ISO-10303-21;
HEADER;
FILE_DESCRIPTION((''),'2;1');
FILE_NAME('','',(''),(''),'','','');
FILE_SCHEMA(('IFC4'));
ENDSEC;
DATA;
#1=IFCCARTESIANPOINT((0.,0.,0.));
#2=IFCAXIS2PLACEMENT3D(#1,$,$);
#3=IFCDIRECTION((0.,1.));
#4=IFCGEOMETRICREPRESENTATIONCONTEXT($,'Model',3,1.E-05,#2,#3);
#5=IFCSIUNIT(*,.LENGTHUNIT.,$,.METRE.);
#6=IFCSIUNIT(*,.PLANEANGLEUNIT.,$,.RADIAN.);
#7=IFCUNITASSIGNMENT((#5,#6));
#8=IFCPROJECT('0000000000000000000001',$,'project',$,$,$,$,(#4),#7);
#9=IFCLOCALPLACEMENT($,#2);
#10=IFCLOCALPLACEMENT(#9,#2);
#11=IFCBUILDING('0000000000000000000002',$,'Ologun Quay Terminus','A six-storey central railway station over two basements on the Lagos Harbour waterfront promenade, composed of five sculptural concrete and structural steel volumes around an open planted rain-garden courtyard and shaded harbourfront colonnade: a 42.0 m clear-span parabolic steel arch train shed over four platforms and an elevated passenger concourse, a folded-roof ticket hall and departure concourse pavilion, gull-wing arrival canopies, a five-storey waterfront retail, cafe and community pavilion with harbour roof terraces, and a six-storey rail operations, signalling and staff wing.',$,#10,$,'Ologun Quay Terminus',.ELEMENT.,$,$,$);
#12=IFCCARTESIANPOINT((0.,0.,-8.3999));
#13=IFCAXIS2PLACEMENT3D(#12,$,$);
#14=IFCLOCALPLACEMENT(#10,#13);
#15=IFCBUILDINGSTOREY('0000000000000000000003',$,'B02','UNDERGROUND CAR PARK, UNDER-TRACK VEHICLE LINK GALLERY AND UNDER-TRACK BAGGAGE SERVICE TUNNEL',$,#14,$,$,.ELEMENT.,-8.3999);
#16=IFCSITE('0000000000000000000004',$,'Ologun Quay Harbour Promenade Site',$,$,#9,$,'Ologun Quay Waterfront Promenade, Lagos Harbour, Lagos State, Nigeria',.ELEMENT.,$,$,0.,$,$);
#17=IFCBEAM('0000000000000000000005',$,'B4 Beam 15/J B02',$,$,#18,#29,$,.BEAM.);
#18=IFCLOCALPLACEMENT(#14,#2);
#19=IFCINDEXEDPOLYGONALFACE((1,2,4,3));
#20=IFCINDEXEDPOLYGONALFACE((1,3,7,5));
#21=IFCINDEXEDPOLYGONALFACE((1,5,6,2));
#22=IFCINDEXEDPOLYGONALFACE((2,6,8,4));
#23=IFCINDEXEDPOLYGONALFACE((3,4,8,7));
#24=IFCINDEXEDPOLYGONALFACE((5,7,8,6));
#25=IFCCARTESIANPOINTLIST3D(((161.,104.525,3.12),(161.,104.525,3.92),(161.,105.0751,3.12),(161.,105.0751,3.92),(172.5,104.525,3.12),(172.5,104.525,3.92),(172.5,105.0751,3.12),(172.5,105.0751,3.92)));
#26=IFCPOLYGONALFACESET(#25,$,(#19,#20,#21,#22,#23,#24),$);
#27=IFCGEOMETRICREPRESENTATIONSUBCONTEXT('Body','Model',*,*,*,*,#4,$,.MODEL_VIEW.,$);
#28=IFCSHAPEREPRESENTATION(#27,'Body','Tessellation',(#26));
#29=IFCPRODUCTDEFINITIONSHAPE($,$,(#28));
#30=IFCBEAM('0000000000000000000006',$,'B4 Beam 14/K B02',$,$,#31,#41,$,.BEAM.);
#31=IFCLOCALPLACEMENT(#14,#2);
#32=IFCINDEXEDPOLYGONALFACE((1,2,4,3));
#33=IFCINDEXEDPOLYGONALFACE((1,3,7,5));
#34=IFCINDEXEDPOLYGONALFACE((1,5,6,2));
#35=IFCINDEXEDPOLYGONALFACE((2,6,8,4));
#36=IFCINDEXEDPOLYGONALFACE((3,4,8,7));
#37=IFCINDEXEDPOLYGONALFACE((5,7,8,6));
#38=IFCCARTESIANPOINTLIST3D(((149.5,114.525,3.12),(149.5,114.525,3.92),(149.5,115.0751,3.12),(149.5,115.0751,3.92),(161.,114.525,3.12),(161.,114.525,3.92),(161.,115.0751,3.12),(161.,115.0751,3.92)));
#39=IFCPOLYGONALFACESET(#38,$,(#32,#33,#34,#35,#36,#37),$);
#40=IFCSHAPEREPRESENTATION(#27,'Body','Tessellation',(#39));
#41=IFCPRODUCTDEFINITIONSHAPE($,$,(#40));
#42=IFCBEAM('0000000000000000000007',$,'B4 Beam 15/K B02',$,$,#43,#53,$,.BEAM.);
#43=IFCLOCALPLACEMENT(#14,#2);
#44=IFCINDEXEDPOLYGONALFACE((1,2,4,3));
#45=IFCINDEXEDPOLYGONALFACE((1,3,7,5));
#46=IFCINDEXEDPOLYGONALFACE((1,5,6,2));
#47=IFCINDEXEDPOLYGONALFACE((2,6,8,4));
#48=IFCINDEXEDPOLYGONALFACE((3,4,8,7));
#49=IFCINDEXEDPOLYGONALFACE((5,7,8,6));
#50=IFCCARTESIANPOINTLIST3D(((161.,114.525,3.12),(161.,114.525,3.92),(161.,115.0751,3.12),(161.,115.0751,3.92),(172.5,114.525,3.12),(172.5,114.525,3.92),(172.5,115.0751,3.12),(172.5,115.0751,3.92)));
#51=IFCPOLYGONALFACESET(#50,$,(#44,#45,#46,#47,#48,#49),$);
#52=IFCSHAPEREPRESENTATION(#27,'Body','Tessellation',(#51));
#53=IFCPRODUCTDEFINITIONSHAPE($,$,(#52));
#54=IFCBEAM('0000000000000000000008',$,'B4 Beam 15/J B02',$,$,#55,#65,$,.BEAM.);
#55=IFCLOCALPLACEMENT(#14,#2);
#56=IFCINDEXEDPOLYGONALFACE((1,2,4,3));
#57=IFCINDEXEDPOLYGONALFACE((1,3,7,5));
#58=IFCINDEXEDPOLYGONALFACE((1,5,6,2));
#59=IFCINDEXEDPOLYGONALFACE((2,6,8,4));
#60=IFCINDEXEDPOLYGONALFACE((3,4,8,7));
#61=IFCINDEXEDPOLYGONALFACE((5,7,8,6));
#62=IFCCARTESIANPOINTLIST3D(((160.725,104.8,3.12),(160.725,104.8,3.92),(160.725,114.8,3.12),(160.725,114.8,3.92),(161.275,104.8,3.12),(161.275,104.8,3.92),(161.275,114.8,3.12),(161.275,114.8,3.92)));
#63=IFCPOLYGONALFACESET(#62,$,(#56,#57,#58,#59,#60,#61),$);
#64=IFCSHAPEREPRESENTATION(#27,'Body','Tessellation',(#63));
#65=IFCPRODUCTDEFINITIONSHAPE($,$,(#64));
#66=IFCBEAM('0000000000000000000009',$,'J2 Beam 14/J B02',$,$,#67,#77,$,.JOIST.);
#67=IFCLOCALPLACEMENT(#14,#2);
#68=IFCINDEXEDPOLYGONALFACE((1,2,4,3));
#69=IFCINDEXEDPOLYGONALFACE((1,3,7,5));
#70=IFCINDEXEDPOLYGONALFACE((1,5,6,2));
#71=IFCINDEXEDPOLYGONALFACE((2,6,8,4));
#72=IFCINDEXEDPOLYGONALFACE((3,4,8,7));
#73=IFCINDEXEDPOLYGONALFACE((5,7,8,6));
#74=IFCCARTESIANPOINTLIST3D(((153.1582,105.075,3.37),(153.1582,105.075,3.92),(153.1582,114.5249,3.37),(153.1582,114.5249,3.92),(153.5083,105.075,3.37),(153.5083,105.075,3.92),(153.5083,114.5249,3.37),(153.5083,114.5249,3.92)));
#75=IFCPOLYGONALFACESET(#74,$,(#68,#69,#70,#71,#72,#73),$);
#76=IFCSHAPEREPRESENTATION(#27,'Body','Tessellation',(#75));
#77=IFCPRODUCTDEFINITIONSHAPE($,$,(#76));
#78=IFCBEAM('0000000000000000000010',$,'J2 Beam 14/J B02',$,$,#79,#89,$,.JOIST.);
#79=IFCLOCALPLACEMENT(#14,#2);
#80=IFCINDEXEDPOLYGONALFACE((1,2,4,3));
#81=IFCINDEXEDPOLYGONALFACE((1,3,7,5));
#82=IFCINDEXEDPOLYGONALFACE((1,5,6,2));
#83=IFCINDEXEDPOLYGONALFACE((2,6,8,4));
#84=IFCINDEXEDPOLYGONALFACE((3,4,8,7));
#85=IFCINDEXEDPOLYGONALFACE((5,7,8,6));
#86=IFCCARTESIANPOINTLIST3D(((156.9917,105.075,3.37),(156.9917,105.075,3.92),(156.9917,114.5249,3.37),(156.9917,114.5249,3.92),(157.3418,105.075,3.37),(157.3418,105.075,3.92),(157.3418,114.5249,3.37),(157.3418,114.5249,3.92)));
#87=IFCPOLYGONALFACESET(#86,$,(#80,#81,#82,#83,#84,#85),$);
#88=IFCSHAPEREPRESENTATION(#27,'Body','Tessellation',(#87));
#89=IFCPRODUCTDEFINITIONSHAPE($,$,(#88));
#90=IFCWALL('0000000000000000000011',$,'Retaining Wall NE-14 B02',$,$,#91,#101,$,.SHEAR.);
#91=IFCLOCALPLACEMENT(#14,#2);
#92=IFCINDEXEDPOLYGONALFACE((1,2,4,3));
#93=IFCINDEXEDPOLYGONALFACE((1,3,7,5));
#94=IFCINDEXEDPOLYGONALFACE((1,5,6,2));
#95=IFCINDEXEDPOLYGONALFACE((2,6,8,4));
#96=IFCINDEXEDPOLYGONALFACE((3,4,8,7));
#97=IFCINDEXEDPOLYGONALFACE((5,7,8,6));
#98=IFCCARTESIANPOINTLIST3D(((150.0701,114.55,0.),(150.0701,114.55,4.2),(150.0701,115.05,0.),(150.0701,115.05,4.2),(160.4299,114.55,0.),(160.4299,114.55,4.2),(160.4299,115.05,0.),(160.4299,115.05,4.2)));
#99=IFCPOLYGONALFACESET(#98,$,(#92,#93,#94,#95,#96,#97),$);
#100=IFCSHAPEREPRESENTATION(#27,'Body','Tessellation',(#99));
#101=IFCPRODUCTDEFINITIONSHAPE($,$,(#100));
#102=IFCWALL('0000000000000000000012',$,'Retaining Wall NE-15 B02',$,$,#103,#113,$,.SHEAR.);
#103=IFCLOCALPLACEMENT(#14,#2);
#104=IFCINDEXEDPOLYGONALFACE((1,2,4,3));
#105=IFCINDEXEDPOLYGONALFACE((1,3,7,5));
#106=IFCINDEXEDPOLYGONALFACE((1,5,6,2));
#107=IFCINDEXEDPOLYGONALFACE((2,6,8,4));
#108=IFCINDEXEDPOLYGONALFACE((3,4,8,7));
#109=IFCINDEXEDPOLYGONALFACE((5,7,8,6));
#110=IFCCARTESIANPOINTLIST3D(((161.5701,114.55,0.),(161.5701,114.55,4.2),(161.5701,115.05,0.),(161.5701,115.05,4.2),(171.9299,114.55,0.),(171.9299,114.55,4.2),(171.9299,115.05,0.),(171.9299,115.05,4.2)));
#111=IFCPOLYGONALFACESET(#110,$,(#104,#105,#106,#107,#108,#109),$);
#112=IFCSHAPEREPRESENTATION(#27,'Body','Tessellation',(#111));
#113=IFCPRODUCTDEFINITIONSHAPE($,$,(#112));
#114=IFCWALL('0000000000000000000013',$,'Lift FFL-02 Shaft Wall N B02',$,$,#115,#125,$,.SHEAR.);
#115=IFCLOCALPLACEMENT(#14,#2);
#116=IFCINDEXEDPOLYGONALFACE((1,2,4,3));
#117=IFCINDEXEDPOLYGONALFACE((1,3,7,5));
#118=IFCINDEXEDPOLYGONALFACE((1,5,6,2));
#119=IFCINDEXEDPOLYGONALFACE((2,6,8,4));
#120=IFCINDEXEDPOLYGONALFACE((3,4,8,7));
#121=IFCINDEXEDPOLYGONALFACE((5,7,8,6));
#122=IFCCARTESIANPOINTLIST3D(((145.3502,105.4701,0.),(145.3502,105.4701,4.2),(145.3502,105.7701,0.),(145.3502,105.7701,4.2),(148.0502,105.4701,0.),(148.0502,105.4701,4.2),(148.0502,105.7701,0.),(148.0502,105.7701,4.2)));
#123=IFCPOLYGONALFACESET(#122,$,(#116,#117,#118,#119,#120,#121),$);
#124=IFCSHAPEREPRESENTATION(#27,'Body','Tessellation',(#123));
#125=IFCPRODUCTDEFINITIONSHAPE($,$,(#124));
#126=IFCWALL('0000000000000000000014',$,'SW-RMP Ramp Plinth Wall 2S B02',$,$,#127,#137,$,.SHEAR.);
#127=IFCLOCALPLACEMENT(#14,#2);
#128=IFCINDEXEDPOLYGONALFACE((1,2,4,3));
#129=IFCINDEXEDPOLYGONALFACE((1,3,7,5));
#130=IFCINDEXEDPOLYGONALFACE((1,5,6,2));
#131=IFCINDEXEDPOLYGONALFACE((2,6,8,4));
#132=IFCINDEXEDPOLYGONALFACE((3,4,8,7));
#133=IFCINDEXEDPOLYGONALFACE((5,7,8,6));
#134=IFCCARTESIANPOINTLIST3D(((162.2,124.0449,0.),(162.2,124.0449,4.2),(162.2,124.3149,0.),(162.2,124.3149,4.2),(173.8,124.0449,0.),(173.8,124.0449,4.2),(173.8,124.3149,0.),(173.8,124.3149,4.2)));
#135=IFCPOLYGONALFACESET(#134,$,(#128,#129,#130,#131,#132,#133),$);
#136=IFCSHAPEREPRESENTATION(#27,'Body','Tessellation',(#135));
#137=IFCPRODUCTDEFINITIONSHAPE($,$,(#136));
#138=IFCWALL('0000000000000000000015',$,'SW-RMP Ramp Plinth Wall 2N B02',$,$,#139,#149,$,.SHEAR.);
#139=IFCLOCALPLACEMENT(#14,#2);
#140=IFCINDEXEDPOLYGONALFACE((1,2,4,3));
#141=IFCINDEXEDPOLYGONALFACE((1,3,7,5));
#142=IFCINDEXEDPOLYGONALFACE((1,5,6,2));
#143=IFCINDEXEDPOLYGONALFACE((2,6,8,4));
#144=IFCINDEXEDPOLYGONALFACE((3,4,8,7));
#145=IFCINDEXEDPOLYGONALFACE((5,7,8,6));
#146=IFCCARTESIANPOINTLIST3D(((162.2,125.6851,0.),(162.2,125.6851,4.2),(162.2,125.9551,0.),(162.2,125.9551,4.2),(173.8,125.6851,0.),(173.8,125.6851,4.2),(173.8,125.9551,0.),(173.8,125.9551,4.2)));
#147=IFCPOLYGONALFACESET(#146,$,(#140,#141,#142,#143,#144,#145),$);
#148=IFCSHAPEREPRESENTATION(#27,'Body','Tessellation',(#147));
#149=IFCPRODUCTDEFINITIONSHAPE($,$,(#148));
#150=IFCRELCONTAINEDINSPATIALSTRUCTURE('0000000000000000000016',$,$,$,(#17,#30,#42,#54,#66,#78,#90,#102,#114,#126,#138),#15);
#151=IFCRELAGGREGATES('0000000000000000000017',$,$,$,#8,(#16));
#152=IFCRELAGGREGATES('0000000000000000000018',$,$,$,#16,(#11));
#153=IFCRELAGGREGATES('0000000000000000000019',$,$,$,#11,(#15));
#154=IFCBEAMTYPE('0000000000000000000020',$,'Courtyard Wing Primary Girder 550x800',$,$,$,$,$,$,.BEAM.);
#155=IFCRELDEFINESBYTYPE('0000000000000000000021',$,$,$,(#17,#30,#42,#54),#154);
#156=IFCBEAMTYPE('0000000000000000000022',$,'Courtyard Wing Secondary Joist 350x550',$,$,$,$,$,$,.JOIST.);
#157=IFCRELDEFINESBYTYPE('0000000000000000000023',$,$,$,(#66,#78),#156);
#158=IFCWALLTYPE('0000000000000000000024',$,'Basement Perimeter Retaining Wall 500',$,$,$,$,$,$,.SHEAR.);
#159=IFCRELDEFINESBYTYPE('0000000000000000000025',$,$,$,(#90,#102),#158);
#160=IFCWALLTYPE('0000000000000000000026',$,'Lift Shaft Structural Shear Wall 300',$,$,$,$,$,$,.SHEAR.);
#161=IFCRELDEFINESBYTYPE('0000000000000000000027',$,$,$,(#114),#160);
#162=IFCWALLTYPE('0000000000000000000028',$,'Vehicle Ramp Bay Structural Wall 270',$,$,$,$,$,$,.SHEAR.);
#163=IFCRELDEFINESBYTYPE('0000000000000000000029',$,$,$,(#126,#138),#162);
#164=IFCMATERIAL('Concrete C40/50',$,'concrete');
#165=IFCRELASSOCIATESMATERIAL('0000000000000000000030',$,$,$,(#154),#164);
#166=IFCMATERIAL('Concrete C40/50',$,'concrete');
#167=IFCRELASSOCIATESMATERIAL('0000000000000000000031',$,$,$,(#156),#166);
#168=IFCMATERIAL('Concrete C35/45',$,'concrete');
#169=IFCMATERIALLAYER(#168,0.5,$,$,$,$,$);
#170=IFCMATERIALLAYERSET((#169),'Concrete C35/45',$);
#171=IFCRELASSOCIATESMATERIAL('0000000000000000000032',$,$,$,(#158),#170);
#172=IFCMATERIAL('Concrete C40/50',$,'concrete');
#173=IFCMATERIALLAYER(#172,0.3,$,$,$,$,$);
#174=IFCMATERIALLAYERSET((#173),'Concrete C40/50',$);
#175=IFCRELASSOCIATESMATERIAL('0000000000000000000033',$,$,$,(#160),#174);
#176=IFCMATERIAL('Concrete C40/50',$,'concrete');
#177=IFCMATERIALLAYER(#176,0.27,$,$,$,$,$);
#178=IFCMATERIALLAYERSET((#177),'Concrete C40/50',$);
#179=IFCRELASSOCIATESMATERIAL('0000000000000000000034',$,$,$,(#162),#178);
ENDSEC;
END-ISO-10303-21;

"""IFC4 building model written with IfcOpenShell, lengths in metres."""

from ifc_helpers import new_model, si_unit, direction, frame, frame_2d, origin, origin_2d, place, context, subcontext, project, spatial, rectangle, extrude, material, layer, layer_set, material_profile, profile_set, type_object, element, save


model = new_model("IFC4")

# Units and contexts
model_context = context("Model", 3, precision=1e-05, world=origin(), true_north=direction((0.0, 1.0)))
body_context = subcontext(model_context, "Body", "Model", "MODEL_VIEW")
ifc_project = project(units=[si_unit("LENGTHUNIT", "METRE"), si_unit("PLANEANGLEUNIT", "RADIAN")], contexts=[model_context])

# Site, building, storey
site_placement = place(None, origin())
site = spatial("IfcSite", under=ifc_project, at=site_placement, Name="Ologun Quay Harbour Promenade Site", LongName="Ologun Quay Waterfront Promenade, Lagos Harbour, Lagos State, Nigeria", CompositionType="ELEMENT", RefElevation=0.0)
building_placement = place(site_placement, origin())
building = spatial("IfcBuilding", under=site, at=building_placement, Name="Ologun Quay Terminus", Description="A six-storey central railway station over two basements on the Lagos Harbour waterfront promenade, composed of five sculptural concrete and structural steel volumes around an open planted rain-garden courtyard and shaded harbourfront colonnade: a 42.0 m clear-span parabolic steel arch train shed over four platforms and an elevated passenger concourse, a folded-roof ticket hall and departure concourse pavilion, gull-wing arrival canopies, a five-storey waterfront retail, cafe and community pavilion with harbour roof terraces, and a six-storey rail operations, signalling and staff wing.", LongName="Ologun Quay Terminus", CompositionType="ELEMENT")
storey_placement = place(building_placement, frame((0.0, 0.0, -8.3999)))
storey = spatial("IfcBuildingStorey", under=building, at=storey_placement, Name="B02", Description="UNDERGROUND CAR PARK, UNDER-TRACK VEHICLE LINK GALLERY AND UNDER-TRACK BAGGAGE SERVICE TUNNEL", CompositionType="ELEMENT", Elevation=-8.3999)

# Beams
ifc_material_1 = material(Name="Concrete C40/50", Category="concrete")
ifc_material_profile_1 = material_profile(ifc_material_1, rectangle(XDim=0.55, YDim=0.8, at=origin_2d()), Name="RC 550x800")
ifc_profile_set_1 = profile_set([ifc_material_profile_1], Name="Concrete C40/50")
beam_type_1 = type_object("IfcBeamType", Name="Courtyard Wing Primary Girder 550x800", PredefinedType="BEAM", material=ifc_profile_set_1)
for number, where, z_axis, x_axis, name in (
    (1, (161.0, 104.8, 3.52), (1.0, 0.0, 0.0), (0.0, 1.0, 0.0), "B4 Beam 15/J B02"),
    (2, (149.5, 114.8, 3.52), (1.0, 0.0, 0.0), (0.0, 1.0, 0.0), "B4 Beam 14/K B02"),
    (3, (161.0, 114.8, 3.52), (1.0, 0.0, 0.0), (0.0, 1.0, 0.0), "B4 Beam 15/K B02"),
):
    element("IfcBeam", number, at=place(storey_placement, frame(where, z_axis=z_axis, x_axis=x_axis)), inside=storey, type_object=beam_type_1, Name=name, PredefinedType="BEAM", context=body_context, shape_type="SweptSolid", body=[
        extrude(rectangle(XDim=0.55, YDim=0.8, at=origin_2d()), origin(), (0.0, 0.0, 1.0), 11.5),
    ])
beam_placement = place(storey_placement, frame((161.0, 104.8, 3.52), z_axis=(0.0, 1.0, 0.0), x_axis=(-1.0, 0.0, 0.0)))
element("IfcBeam", 4, at=beam_placement, inside=storey, type_object=beam_type_1, Name="B4 Beam 15/J B02", PredefinedType="BEAM", context=body_context, shape_type="SweptSolid", body=[
    extrude(rectangle(XDim=0.55, YDim=0.8, at=origin_2d()), origin(), (0.0, 0.0, 1.0), 10.0),
])
ifc_material_2 = material(Name="Concrete C40/50", Category="concrete")
ifc_material_profile_2 = material_profile(ifc_material_2, rectangle(XDim=0.3501, YDim=0.55, at=origin_2d()), Name="RC 350x550")
ifc_profile_set_2 = profile_set([ifc_material_profile_2], Name="Concrete C40/50")
beam_type_2 = type_object("IfcBeamType", Name="Courtyard Wing Secondary Joist 350x550", PredefinedType="JOIST", material=ifc_profile_set_2)
for number, where, z_axis, x_axis, name in (
    (5, (153.3333, 105.075, 3.645), (0.0, 1.0, 0.0), (-1.0, 0.0, 0.0), "J2 Beam 14/J B02"),
    (6, (157.1667, 105.075, 3.645), (0.0, 1.0, 0.0), (-1.0, 0.0, 0.0), "J2 Beam 14/J B02"),
):
    element("IfcBeam", number, at=place(storey_placement, frame(where, z_axis=z_axis, x_axis=x_axis)), inside=storey, type_object=beam_type_2, Name=name, PredefinedType="JOIST", context=body_context, shape_type="SweptSolid", body=[
        extrude(rectangle(XDim=0.3501, YDim=0.55, at=origin_2d()), origin(), (0.0, 0.0, 1.0), 9.45),
    ])

# Walls
ifc_material_3 = material(Name="Concrete C35/45", Category="concrete")
ifc_layer_1 = layer(ifc_material_3, 0.5)
ifc_layer_set_1 = layer_set([ifc_layer_1], Name="Concrete C35/45")
wall_type_1 = type_object("IfcWallType", Name="Basement Perimeter Retaining Wall 500", PredefinedType="SHEAR", material=ifc_layer_set_1)
for number, where, z_axis, x_axis, name in (
    (7, (150.0701, 114.8, 0.0), (0.0, 0.0, 1.0), (1.0, 0.0, 0.0), "Retaining Wall NE-14 B02"),
    (8, (161.5701, 114.8, 0.0), (0.0, 0.0, 1.0), (1.0, 0.0, 0.0), "Retaining Wall NE-15 B02"),
):
    element("IfcWall", number, at=place(storey_placement, frame(where, z_axis=z_axis, x_axis=x_axis)), inside=storey, type_object=wall_type_1, Name=name, PredefinedType="SHEAR", context=body_context, shape_type="SweptSolid", body=[
        extrude(rectangle(XDim=10.3599, YDim=0.5, at=frame_2d((5.1799, 0.0))), origin(), (0.0, 0.0, 1.0), 4.2),
    ])
ifc_material_4 = material(Name="Concrete C40/50", Category="concrete")
ifc_layer_2 = layer(ifc_material_4, 0.3)
ifc_layer_set_2 = layer_set([ifc_layer_2], Name="Concrete C40/50")
wall_type_2 = type_object("IfcWallType", Name="Lift Shaft Structural Shear Wall 300", PredefinedType="SHEAR", material=ifc_layer_set_2)
wall_placement = place(storey_placement, frame((145.3501, 105.6201, 0.0), z_axis=(0.0, 0.0, 1.0), x_axis=(1.0, 0.0, 0.0)))
element("IfcWall", 9, at=wall_placement, inside=storey, type_object=wall_type_2, Name="Lift FFL-02 Shaft Wall N B02", PredefinedType="SHEAR", context=body_context, shape_type="SweptSolid", body=[
    extrude(rectangle(XDim=2.7, YDim=0.3, at=frame_2d((1.3501, 0.0))), origin(), (0.0, 0.0, 1.0), 4.2),
])
ifc_material_5 = material(Name="Concrete C40/50", Category="concrete")
ifc_layer_3 = layer(ifc_material_5, 0.27)
ifc_layer_set_3 = layer_set([ifc_layer_3], Name="Concrete C40/50")
wall_type_3 = type_object("IfcWallType", Name="Vehicle Ramp Bay Structural Wall 270", PredefinedType="SHEAR", material=ifc_layer_set_3)
for number, where, z_axis, x_axis, name in (
    (10, (162.2, 124.1799, 0.0), (0.0, 0.0, 1.0), (1.0, 0.0, 0.0), "SW-RMP Ramp Plinth Wall 2S B02"),
    (11, (162.2, 125.8201, 0.0), (0.0, 0.0, 1.0), (1.0, 0.0, 0.0), "SW-RMP Ramp Plinth Wall 2N B02"),
):
    element("IfcWall", number, at=place(storey_placement, frame(where, z_axis=z_axis, x_axis=x_axis)), inside=storey, type_object=wall_type_3, Name=name, PredefinedType="SHEAR", context=body_context, shape_type="SweptSolid", body=[
        extrude(rectangle(XDim=11.6001, YDim=0.27, at=frame_2d((5.8, 0.0))), origin(), (0.0, 0.0, 1.0), 4.2),
    ])

save(model, "model.ifc")
